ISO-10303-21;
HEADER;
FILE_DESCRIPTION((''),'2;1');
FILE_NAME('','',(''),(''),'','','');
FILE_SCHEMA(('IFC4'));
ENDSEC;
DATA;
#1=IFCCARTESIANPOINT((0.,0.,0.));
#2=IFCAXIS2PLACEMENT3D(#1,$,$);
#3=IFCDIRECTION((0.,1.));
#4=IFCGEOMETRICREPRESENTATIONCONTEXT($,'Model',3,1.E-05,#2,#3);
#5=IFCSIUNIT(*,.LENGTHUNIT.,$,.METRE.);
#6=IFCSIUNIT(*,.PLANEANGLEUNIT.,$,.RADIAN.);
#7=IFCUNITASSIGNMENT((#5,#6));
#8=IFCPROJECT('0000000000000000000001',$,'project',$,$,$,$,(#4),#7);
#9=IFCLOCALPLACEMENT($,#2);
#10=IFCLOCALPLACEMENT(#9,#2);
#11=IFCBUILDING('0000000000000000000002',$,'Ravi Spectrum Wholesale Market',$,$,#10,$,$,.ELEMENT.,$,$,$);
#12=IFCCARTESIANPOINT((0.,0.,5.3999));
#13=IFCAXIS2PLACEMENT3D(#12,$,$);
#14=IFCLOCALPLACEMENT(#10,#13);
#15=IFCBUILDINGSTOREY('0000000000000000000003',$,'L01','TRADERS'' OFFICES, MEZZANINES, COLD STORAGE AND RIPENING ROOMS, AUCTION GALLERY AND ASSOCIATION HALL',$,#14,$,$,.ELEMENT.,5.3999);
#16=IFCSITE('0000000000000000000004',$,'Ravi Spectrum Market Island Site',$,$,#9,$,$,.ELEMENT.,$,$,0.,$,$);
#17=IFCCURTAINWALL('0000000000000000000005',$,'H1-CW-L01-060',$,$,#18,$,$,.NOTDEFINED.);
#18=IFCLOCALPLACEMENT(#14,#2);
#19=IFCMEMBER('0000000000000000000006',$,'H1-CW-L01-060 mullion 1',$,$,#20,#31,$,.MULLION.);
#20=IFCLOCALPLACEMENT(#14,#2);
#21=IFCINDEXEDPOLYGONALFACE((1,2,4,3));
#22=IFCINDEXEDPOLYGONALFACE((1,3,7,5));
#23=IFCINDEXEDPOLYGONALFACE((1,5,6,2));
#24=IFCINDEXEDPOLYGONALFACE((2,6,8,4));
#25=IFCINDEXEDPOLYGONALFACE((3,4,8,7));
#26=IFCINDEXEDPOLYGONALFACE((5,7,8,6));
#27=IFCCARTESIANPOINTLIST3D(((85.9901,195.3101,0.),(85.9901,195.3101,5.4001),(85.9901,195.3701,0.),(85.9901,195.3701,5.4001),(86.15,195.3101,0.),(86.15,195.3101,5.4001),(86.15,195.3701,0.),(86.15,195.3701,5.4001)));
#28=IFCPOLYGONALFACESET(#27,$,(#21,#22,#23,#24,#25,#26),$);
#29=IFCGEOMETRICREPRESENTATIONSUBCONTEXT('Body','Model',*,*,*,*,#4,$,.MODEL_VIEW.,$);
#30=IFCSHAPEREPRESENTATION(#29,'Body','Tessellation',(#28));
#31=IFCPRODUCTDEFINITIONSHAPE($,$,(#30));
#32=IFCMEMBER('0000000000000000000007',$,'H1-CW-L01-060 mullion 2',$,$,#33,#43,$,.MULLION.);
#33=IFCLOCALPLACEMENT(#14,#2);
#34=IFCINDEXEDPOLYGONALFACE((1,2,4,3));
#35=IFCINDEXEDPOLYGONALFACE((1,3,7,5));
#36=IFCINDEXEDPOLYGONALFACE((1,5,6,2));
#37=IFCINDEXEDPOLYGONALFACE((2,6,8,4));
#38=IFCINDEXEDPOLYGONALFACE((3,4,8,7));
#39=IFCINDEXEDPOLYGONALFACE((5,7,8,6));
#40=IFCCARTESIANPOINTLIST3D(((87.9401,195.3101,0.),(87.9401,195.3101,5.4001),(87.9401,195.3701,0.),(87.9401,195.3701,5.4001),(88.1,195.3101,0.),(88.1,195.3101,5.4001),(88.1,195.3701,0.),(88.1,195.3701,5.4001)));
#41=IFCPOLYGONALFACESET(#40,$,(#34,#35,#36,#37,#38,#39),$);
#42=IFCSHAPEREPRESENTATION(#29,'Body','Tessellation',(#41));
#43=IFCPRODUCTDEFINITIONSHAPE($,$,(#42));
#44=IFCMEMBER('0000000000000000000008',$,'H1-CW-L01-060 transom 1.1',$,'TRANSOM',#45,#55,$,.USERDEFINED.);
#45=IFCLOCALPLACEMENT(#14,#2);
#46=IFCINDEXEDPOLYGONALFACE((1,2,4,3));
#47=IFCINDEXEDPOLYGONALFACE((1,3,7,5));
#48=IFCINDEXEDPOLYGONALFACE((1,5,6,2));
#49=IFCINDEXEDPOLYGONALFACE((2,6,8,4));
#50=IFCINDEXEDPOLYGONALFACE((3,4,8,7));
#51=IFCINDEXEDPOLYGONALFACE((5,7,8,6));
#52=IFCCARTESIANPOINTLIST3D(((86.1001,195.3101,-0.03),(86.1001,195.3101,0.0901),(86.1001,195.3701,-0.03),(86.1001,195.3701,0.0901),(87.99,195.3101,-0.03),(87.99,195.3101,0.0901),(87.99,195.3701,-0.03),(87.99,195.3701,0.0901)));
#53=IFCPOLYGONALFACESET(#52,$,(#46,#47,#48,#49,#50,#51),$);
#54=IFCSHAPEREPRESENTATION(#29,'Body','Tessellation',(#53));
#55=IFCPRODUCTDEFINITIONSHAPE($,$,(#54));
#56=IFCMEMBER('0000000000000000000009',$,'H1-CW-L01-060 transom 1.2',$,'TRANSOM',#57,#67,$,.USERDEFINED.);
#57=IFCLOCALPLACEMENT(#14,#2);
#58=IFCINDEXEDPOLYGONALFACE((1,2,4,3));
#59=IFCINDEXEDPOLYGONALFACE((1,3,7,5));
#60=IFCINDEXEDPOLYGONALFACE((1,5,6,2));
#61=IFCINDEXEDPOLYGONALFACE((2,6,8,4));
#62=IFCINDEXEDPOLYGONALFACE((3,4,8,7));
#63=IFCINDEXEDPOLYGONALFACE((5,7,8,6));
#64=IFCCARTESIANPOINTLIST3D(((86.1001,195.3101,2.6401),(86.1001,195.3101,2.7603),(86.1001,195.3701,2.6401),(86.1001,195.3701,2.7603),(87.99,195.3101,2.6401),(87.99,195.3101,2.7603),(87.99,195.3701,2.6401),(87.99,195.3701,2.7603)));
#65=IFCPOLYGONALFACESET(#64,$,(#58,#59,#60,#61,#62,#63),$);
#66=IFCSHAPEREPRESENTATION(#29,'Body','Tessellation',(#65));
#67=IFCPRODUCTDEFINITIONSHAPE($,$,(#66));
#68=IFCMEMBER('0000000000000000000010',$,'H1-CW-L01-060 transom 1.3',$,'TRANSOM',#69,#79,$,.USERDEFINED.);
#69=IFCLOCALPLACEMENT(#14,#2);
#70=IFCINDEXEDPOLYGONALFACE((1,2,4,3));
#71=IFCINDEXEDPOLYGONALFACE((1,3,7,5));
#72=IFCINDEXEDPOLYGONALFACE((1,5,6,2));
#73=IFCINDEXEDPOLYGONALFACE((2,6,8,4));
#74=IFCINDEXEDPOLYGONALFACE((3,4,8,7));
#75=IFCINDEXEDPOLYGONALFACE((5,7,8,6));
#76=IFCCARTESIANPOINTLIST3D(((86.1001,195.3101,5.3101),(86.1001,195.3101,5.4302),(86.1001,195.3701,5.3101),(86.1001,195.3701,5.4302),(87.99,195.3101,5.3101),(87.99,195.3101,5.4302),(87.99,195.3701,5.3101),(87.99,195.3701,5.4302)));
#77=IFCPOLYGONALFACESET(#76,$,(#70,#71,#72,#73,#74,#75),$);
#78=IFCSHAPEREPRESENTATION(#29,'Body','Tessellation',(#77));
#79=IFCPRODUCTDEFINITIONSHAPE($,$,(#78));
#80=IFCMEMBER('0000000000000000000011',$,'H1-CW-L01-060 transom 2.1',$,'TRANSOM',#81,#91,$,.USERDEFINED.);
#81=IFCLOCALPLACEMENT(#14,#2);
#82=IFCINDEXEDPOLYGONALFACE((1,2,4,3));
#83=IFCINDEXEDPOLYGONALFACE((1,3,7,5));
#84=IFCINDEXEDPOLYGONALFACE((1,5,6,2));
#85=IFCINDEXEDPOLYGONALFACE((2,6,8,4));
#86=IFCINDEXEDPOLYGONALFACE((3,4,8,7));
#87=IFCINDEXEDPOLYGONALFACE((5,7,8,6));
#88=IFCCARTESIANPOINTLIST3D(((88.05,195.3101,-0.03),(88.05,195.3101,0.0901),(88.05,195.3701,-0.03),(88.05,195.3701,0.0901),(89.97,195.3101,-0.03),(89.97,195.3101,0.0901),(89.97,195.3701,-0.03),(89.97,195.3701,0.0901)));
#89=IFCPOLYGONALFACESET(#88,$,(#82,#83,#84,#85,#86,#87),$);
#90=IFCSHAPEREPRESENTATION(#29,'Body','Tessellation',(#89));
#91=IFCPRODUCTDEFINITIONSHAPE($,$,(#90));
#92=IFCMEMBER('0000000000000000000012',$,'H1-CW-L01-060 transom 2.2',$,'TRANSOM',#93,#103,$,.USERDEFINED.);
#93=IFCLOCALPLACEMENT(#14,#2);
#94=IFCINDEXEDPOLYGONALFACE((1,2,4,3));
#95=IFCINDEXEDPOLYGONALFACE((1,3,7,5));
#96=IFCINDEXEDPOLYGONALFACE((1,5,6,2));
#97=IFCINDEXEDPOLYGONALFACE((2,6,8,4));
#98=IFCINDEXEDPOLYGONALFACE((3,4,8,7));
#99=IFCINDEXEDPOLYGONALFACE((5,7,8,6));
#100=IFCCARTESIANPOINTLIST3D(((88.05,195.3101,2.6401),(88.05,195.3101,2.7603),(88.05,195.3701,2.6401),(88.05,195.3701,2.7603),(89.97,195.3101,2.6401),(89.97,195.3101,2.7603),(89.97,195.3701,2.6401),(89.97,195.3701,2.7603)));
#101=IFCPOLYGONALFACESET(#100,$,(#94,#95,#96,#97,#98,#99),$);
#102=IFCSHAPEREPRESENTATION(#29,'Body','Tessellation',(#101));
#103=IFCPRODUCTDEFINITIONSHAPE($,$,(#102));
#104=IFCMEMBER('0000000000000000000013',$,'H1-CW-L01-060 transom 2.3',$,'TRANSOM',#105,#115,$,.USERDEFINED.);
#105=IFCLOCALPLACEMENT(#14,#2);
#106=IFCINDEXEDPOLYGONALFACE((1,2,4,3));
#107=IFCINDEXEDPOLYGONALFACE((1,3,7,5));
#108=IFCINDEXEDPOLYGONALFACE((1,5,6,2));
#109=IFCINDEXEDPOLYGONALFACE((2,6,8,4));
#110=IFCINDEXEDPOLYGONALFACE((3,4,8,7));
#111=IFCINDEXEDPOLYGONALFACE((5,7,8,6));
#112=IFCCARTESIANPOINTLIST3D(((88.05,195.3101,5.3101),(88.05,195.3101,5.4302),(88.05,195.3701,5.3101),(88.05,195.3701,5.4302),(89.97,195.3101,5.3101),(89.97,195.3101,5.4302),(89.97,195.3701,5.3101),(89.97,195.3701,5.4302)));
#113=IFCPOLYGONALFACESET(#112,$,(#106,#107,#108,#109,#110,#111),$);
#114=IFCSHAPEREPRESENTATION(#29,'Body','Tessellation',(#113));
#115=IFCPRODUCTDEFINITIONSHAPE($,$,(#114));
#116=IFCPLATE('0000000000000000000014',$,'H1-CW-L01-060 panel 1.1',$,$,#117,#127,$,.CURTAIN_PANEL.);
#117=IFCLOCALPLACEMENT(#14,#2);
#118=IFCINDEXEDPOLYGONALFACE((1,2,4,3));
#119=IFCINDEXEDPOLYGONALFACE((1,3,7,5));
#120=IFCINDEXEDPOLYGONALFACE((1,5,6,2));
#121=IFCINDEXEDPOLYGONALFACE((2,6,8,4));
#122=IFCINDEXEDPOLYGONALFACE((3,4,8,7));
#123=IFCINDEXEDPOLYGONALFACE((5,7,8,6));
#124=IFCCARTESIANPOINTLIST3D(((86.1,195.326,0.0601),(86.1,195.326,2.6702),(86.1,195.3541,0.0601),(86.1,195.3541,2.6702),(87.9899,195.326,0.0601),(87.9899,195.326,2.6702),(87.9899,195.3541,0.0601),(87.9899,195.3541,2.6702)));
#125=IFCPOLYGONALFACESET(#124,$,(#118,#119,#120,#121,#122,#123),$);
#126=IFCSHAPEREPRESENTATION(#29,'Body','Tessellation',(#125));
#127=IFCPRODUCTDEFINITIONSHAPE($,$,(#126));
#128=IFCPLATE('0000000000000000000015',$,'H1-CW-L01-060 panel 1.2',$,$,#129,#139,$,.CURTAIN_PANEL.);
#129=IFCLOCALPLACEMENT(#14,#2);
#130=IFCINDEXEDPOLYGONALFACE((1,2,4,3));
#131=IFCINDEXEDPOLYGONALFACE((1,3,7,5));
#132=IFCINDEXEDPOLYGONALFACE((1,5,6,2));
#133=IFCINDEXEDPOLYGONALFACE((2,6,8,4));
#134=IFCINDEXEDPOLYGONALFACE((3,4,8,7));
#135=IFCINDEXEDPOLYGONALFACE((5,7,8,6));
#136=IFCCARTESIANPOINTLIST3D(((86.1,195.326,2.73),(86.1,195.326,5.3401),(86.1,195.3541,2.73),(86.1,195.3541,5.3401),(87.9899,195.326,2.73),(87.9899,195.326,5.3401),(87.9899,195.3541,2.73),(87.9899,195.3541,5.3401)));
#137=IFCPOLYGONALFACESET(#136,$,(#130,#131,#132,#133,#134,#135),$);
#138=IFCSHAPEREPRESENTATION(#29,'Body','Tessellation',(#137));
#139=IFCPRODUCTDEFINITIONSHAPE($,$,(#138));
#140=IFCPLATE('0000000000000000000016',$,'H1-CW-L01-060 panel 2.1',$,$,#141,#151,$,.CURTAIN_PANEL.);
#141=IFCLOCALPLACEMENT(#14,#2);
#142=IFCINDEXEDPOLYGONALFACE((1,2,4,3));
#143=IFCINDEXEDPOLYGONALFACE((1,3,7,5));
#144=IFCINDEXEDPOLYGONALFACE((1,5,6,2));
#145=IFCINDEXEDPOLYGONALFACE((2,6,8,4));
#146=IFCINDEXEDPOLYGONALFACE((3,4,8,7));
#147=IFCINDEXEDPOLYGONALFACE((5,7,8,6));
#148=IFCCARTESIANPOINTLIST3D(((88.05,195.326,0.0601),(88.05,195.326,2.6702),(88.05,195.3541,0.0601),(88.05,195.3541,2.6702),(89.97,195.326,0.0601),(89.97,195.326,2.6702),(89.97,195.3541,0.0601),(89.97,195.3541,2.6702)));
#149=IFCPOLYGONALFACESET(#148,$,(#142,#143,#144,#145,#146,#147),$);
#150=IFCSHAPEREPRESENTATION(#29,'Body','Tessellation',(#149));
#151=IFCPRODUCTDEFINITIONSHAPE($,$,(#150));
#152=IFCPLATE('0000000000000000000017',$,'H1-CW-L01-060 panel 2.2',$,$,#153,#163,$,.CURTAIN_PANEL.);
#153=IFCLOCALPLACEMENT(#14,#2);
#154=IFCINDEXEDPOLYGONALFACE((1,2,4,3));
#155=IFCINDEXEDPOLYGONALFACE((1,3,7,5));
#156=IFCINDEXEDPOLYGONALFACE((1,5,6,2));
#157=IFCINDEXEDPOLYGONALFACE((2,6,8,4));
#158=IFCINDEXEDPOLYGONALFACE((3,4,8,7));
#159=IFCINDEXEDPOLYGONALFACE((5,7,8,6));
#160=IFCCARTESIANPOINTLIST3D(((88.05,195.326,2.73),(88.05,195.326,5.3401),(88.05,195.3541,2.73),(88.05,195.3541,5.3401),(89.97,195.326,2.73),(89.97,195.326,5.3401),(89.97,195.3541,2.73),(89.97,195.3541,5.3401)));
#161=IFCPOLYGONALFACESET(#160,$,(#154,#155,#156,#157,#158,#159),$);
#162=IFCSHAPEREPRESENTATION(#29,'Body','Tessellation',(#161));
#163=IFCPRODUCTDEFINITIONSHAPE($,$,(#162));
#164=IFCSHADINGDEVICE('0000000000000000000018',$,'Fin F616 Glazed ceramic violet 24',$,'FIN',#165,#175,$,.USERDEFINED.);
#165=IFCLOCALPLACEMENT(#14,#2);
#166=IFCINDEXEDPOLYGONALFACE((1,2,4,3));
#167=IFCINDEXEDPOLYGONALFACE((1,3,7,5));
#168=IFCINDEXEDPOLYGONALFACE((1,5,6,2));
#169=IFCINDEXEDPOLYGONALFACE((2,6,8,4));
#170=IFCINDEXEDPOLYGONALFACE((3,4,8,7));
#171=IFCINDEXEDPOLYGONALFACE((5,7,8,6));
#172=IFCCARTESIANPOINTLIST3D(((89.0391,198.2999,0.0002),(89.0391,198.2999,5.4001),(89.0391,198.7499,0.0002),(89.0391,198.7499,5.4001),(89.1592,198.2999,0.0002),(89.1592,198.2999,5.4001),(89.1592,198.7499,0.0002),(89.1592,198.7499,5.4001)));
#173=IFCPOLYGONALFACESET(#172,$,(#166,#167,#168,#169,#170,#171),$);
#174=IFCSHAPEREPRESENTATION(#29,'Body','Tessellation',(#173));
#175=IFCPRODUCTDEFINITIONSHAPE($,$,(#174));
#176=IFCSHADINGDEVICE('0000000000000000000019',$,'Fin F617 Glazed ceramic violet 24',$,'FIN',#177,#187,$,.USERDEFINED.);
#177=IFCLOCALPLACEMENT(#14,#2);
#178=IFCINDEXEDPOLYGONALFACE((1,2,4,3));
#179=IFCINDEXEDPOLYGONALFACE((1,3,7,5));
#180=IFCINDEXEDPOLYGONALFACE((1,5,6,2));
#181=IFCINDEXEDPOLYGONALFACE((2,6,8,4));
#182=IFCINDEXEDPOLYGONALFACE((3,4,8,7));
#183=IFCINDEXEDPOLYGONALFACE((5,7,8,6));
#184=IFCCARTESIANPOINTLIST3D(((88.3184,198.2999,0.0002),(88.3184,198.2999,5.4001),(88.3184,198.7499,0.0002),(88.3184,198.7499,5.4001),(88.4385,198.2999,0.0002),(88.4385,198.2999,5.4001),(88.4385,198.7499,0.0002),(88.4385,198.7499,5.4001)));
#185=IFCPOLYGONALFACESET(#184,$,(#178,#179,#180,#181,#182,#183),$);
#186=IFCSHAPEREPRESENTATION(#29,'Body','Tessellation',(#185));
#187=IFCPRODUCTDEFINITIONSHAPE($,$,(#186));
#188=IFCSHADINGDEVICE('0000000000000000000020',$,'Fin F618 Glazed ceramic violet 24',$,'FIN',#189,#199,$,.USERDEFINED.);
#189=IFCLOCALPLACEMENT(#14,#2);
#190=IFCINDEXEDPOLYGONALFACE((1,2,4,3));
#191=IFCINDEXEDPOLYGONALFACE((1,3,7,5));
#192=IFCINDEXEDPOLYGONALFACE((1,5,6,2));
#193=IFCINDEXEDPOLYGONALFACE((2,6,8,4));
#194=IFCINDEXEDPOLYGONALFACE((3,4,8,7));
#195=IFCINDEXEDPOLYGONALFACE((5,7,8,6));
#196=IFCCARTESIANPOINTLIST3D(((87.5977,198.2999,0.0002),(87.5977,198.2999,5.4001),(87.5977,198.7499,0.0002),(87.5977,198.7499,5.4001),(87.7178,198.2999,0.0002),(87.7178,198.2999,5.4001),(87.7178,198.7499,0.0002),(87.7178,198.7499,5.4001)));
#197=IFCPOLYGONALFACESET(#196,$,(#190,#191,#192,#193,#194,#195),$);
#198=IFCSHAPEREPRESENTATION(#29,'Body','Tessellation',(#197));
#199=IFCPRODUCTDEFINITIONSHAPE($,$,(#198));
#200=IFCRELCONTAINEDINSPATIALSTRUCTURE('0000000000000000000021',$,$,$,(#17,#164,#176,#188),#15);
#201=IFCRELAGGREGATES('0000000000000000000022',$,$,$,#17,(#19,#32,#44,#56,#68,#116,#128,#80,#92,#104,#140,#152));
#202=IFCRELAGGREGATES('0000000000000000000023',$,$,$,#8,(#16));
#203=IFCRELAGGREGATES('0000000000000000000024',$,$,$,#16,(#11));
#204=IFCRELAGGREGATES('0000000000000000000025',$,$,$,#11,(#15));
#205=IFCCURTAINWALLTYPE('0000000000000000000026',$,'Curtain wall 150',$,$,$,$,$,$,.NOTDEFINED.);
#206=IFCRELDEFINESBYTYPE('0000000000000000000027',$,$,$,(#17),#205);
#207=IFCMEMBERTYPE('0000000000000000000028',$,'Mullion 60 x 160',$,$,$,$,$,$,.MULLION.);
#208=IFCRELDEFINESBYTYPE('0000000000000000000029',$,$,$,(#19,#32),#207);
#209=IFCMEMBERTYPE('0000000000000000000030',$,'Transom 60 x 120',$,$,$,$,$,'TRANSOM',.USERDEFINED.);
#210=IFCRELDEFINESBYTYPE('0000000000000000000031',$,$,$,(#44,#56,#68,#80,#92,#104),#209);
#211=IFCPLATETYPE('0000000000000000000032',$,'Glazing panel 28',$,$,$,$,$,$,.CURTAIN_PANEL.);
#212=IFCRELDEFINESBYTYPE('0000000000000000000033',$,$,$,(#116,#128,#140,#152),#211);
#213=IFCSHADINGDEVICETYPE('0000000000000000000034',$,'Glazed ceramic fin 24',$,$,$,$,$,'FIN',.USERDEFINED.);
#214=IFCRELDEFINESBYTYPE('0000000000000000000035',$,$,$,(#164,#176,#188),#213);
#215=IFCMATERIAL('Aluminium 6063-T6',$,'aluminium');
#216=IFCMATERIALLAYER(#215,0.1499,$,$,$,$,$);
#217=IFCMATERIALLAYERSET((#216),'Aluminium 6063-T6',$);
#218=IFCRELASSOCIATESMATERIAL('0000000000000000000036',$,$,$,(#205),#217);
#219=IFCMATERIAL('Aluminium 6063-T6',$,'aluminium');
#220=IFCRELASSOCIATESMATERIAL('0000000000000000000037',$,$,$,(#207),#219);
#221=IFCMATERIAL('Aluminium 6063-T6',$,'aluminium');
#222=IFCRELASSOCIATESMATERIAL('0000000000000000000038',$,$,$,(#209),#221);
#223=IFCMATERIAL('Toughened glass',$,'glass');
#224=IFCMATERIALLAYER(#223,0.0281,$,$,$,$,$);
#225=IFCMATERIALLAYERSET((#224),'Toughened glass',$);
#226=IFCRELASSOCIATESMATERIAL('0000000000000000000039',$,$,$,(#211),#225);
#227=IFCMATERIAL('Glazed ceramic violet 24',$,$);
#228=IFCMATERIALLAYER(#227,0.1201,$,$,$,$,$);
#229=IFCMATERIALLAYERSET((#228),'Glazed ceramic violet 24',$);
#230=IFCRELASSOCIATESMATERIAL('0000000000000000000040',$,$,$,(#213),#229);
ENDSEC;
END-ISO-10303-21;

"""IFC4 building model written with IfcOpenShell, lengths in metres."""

from ifc_helpers import new_model, si_unit, direction, frame, origin, origin_2d, place, context, subcontext, project, spatial, rectangle, extrude, material, layer, layer_set, material_profile, profile_set, type_object, element, aggregate, save


model = new_model("IFC4")

# Units and contexts
model_context = context("Model", 3, precision=1e-05, world=origin(), true_north=direction((0.0, 1.0)))
body_context = subcontext(model_context, "Body", "Model", "MODEL_VIEW")
ifc_project = project(units=[si_unit("LENGTHUNIT", "METRE"), si_unit("PLANEANGLEUNIT", "RADIAN")], contexts=[model_context])

# Site, building, storey
site_placement = place(None, origin())
site = spatial("IfcSite", under=ifc_project, at=site_placement, Name="Ravi Spectrum Market Island Site", CompositionType="ELEMENT", RefElevation=0.0)
building_placement = place(site_placement, origin())
building = spatial("IfcBuilding", under=site, at=building_placement, Name="Ravi Spectrum Wholesale Market", CompositionType="ELEMENT")
storey_placement = place(building_placement, frame((0.0, 0.0, 5.3999)))
storey = spatial("IfcBuildingStorey", under=building, at=storey_placement, Name="L01", Description="TRADERS' OFFICES, MEZZANINES, COLD STORAGE AND RIPENING ROOMS, AUCTION GALLERY AND ASSOCIATION HALL", CompositionType="ELEMENT", Elevation=5.3999)

# Curtain wall, members, plates
ifc_material_1 = material(Name="Aluminium 6063-T6", Category="aluminium")
ifc_layer_1 = layer(ifc_material_1, 0.1499)
ifc_layer_set_1 = layer_set([ifc_layer_1], Name="Aluminium 6063-T6")
curtain_wall_type = type_object("IfcCurtainWallType", Name="Curtain wall 150", PredefinedType="NOTDEFINED", material=ifc_layer_set_1)
curtain_wall_placement = place(storey_placement, origin())
curtain_wall = element("IfcCurtainWall", 1, at=curtain_wall_placement, inside=storey, type_object=curtain_wall_type, Name="H1-CW-L01-060", PredefinedType="NOTDEFINED")
ifc_material_2 = material(Name="Aluminium 6063-T6", Category="aluminium")
ifc_material_profile_1 = material_profile(ifc_material_2, rectangle(XDim=0.0601, YDim=0.1599, at=origin_2d()))
ifc_profile_set_1 = profile_set([ifc_material_profile_1], Name="Aluminium 6063-T6")
member_type_1 = type_object("IfcMemberType", Name="Mullion 60 x 160", PredefinedType="MULLION", material=ifc_profile_set_1)
member_1_placement = place(storey_placement, frame((86.0701, 195.3401, 0.0), z_axis=(0.0, 0.0, 1.0), x_axis=(0.0, 1.0, 0.0)))
member_1 = element("IfcMember", 2, at=member_1_placement, type_object=member_type_1, Name="H1-CW-L01-060 mullion 1", PredefinedType="MULLION", context=body_context, shape_type="SweptSolid", body=[
    extrude(rectangle(XDim=0.0601, YDim=0.1599, at=origin_2d()), origin(), (0.0, 0.0, 1.0), 5.4001),
])
member_2_placement = place(storey_placement, frame((88.02, 195.3401, 0.0), z_axis=(0.0, 0.0, 1.0), x_axis=(0.0, 1.0, 0.0)))
member_2 = element("IfcMember", 3, at=member_2_placement, type_object=member_type_1, Name="H1-CW-L01-060 mullion 2", PredefinedType="MULLION", context=body_context, shape_type="SweptSolid", body=[
    extrude(rectangle(XDim=0.0601, YDim=0.1599, at=origin_2d()), origin(), (0.0, 0.0, 1.0), 5.4001),
])
ifc_material_3 = material(Name="Aluminium 6063-T6", Category="aluminium")
ifc_material_profile_2 = material_profile(ifc_material_3, rectangle(XDim=0.0601, YDim=0.1201, at=origin_2d()))
ifc_profile_set_2 = profile_set([ifc_material_profile_2], Name="Aluminium 6063-T6")
member_type_2 = type_object("IfcMemberType", Name="Transom 60 x 120", ElementType="TRANSOM", PredefinedType="USERDEFINED", material=ifc_profile_set_2)
member_3_placement = place(storey_placement, frame((86.1001, 195.3401, 0.03), z_axis=(1.0, 0.0, 0.0), x_axis=(0.0, 1.0, 0.0)))
member_3 = element("IfcMember", 4, at=member_3_placement, type_object=member_type_2, Name="H1-CW-L01-060 transom 1.1", ObjectType="TRANSOM", PredefinedType="USERDEFINED", context=body_context, shape_type="SweptSolid", body=[
    extrude(rectangle(XDim=0.0601, YDim=0.1201, at=origin_2d()), origin(), (0.0, 0.0, 1.0), 1.8899),
])
member_4_placement = place(storey_placement, frame((86.1001, 195.3401, 2.7002), z_axis=(1.0, 0.0, 0.0), x_axis=(0.0, 1.0, 0.0)))
member_4 = element("IfcMember", 5, at=member_4_placement, type_object=member_type_2, Name="H1-CW-L01-060 transom 1.2", ObjectType="TRANSOM", PredefinedType="USERDEFINED", context=body_context, shape_type="SweptSolid", body=[
    extrude(rectangle(XDim=0.0601, YDim=0.1201, at=origin_2d()), origin(), (0.0, 0.0, 1.0), 1.8899),
])
member_5_placement = place(storey_placement, frame((86.1001, 195.3401, 5.3701), z_axis=(1.0, 0.0, 0.0), x_axis=(0.0, 1.0, 0.0)))
member_5 = element("IfcMember", 6, at=member_5_placement, type_object=member_type_2, Name="H1-CW-L01-060 transom 1.3", ObjectType="TRANSOM", PredefinedType="USERDEFINED", context=body_context, shape_type="SweptSolid", body=[
    extrude(rectangle(XDim=0.0601, YDim=0.1201, at=origin_2d()), origin(), (0.0, 0.0, 1.0), 1.8899),
])
member_6_placement = place(storey_placement, frame((88.05, 195.3401, 0.03), z_axis=(1.0, 0.0, 0.0), x_axis=(0.0, 1.0, 0.0)))
member_6 = element("IfcMember", 7, at=member_6_placement, type_object=member_type_2, Name="H1-CW-L01-060 transom 2.1", ObjectType="TRANSOM", PredefinedType="USERDEFINED", context=body_context, shape_type="SweptSolid", body=[
    extrude(rectangle(XDim=0.0601, YDim=0.1201, at=origin_2d()), origin(), (0.0, 0.0, 1.0), 1.9199),
])
member_7_placement = place(storey_placement, frame((88.05, 195.3401, 2.7002), z_axis=(1.0, 0.0, 0.0), x_axis=(0.0, 1.0, 0.0)))
member_7 = element("IfcMember", 8, at=member_7_placement, type_object=member_type_2, Name="H1-CW-L01-060 transom 2.2", ObjectType="TRANSOM", PredefinedType="USERDEFINED", context=body_context, shape_type="SweptSolid", body=[
    extrude(rectangle(XDim=0.0601, YDim=0.1201, at=origin_2d()), origin(), (0.0, 0.0, 1.0), 1.9199),
])
member_8_placement = place(storey_placement, frame((88.05, 195.3401, 5.3701), z_axis=(1.0, 0.0, 0.0), x_axis=(0.0, 1.0, 0.0)))
member_8 = element("IfcMember", 9, at=member_8_placement, type_object=member_type_2, Name="H1-CW-L01-060 transom 2.3", ObjectType="TRANSOM", PredefinedType="USERDEFINED", context=body_context, shape_type="SweptSolid", body=[
    extrude(rectangle(XDim=0.0601, YDim=0.1201, at=origin_2d()), origin(), (0.0, 0.0, 1.0), 1.9199),
])
ifc_material_4 = material(Name="Toughened glass", Category="glass")
ifc_layer_2 = layer(ifc_material_4, 0.0281)
ifc_layer_set_2 = layer_set([ifc_layer_2], Name="Toughened glass")
plate_type = type_object("IfcPlateType", Name="Glazing panel 28", PredefinedType="CURTAIN_PANEL", material=ifc_layer_set_2)
plate_1_placement = place(storey_placement, frame((87.0449, 195.3401, 0.0601), z_axis=(0.0, 0.0, 1.0), x_axis=(1.0, 0.0, 0.0)))
plate_1 = element("IfcPlate", 10, at=plate_1_placement, type_object=plate_type, Name="H1-CW-L01-060 panel 1.1", PredefinedType="CURTAIN_PANEL", context=body_context, shape_type="SweptSolid", body=[
    extrude(rectangle(XDim=1.8899, YDim=0.0281, at=origin_2d()), origin(), (0.0, 0.0, 1.0), 2.6101),
])
plate_2_placement = place(storey_placement, frame((87.0449, 195.3401, 2.73), z_axis=(0.0, 0.0, 1.0), x_axis=(1.0, 0.0, 0.0)))
plate_2 = element("IfcPlate", 11, at=plate_2_placement, type_object=plate_type, Name="H1-CW-L01-060 panel 1.2", PredefinedType="CURTAIN_PANEL", context=body_context, shape_type="SweptSolid", body=[
    extrude(rectangle(XDim=1.8899, YDim=0.0281, at=origin_2d()), origin(), (0.0, 0.0, 1.0), 2.6101),
])
plate_3_placement = place(storey_placement, frame((89.01, 195.3401, 0.0601), z_axis=(0.0, 0.0, 1.0), x_axis=(1.0, 0.0, 0.0)))
plate_3 = element("IfcPlate", 12, at=plate_3_placement, type_object=plate_type, Name="H1-CW-L01-060 panel 2.1", PredefinedType="CURTAIN_PANEL", context=body_context, shape_type="SweptSolid", body=[
    extrude(rectangle(XDim=1.9199, YDim=0.0281, at=origin_2d()), origin(), (0.0, 0.0, 1.0), 2.6101),
])
plate_4_placement = place(storey_placement, frame((89.01, 195.3401, 2.73), z_axis=(0.0, 0.0, 1.0), x_axis=(1.0, 0.0, 0.0)))
plate_4 = element("IfcPlate", 13, at=plate_4_placement, type_object=plate_type, Name="H1-CW-L01-060 panel 2.2", PredefinedType="CURTAIN_PANEL", context=body_context, shape_type="SweptSolid", body=[
    extrude(rectangle(XDim=1.9199, YDim=0.0281, at=origin_2d()), origin(), (0.0, 0.0, 1.0), 2.6101),
])
aggregate(curtain_wall, [member_1, member_2, member_3, member_4, member_5, plate_1, plate_2, member_6, member_7, member_8, plate_3, plate_4])

# Shading devices
ifc_material_5 = material(Name="Glazed ceramic violet 24")
ifc_layer_3 = layer(ifc_material_5, 0.1201)
ifc_layer_set_3 = layer_set([ifc_layer_3], Name="Glazed ceramic violet 24")
shading_device_type = type_object("IfcShadingDeviceType", Name="Glazed ceramic fin 24", ElementType="FIN", PredefinedType="USERDEFINED", material=ifc_layer_set_3)
for number, where, z_axis, x_axis, name in (
    (14, (89.0991, 198.5249, 0.0002), (0.0, 0.0, 1.0), (-1.0, 0.0, 0.0), "Fin F616 Glazed ceramic violet 24"),
    (15, (88.3784, 198.5249, 0.0002), (0.0, 0.0, 1.0), (-1.0, 0.0, 0.0), "Fin F617 Glazed ceramic violet 24"),
    (16, (87.6577, 198.5249, 0.0002), (0.0, 0.0, 1.0), (-1.0, 0.0, 0.0), "Fin F618 Glazed ceramic violet 24"),
):
    element("IfcShadingDevice", number, at=place(storey_placement, frame(where, z_axis=z_axis, x_axis=x_axis)), inside=storey, type_object=shading_device_type, Name=name, ObjectType="FIN", PredefinedType="USERDEFINED", context=body_context, shape_type="SweptSolid", body=[
        extrude(rectangle(XDim=0.1201, YDim=0.45, at=origin_2d()), origin(), (0.0, 0.0, 1.0), 5.3999),
    ])

save(model, "model.ifc")
